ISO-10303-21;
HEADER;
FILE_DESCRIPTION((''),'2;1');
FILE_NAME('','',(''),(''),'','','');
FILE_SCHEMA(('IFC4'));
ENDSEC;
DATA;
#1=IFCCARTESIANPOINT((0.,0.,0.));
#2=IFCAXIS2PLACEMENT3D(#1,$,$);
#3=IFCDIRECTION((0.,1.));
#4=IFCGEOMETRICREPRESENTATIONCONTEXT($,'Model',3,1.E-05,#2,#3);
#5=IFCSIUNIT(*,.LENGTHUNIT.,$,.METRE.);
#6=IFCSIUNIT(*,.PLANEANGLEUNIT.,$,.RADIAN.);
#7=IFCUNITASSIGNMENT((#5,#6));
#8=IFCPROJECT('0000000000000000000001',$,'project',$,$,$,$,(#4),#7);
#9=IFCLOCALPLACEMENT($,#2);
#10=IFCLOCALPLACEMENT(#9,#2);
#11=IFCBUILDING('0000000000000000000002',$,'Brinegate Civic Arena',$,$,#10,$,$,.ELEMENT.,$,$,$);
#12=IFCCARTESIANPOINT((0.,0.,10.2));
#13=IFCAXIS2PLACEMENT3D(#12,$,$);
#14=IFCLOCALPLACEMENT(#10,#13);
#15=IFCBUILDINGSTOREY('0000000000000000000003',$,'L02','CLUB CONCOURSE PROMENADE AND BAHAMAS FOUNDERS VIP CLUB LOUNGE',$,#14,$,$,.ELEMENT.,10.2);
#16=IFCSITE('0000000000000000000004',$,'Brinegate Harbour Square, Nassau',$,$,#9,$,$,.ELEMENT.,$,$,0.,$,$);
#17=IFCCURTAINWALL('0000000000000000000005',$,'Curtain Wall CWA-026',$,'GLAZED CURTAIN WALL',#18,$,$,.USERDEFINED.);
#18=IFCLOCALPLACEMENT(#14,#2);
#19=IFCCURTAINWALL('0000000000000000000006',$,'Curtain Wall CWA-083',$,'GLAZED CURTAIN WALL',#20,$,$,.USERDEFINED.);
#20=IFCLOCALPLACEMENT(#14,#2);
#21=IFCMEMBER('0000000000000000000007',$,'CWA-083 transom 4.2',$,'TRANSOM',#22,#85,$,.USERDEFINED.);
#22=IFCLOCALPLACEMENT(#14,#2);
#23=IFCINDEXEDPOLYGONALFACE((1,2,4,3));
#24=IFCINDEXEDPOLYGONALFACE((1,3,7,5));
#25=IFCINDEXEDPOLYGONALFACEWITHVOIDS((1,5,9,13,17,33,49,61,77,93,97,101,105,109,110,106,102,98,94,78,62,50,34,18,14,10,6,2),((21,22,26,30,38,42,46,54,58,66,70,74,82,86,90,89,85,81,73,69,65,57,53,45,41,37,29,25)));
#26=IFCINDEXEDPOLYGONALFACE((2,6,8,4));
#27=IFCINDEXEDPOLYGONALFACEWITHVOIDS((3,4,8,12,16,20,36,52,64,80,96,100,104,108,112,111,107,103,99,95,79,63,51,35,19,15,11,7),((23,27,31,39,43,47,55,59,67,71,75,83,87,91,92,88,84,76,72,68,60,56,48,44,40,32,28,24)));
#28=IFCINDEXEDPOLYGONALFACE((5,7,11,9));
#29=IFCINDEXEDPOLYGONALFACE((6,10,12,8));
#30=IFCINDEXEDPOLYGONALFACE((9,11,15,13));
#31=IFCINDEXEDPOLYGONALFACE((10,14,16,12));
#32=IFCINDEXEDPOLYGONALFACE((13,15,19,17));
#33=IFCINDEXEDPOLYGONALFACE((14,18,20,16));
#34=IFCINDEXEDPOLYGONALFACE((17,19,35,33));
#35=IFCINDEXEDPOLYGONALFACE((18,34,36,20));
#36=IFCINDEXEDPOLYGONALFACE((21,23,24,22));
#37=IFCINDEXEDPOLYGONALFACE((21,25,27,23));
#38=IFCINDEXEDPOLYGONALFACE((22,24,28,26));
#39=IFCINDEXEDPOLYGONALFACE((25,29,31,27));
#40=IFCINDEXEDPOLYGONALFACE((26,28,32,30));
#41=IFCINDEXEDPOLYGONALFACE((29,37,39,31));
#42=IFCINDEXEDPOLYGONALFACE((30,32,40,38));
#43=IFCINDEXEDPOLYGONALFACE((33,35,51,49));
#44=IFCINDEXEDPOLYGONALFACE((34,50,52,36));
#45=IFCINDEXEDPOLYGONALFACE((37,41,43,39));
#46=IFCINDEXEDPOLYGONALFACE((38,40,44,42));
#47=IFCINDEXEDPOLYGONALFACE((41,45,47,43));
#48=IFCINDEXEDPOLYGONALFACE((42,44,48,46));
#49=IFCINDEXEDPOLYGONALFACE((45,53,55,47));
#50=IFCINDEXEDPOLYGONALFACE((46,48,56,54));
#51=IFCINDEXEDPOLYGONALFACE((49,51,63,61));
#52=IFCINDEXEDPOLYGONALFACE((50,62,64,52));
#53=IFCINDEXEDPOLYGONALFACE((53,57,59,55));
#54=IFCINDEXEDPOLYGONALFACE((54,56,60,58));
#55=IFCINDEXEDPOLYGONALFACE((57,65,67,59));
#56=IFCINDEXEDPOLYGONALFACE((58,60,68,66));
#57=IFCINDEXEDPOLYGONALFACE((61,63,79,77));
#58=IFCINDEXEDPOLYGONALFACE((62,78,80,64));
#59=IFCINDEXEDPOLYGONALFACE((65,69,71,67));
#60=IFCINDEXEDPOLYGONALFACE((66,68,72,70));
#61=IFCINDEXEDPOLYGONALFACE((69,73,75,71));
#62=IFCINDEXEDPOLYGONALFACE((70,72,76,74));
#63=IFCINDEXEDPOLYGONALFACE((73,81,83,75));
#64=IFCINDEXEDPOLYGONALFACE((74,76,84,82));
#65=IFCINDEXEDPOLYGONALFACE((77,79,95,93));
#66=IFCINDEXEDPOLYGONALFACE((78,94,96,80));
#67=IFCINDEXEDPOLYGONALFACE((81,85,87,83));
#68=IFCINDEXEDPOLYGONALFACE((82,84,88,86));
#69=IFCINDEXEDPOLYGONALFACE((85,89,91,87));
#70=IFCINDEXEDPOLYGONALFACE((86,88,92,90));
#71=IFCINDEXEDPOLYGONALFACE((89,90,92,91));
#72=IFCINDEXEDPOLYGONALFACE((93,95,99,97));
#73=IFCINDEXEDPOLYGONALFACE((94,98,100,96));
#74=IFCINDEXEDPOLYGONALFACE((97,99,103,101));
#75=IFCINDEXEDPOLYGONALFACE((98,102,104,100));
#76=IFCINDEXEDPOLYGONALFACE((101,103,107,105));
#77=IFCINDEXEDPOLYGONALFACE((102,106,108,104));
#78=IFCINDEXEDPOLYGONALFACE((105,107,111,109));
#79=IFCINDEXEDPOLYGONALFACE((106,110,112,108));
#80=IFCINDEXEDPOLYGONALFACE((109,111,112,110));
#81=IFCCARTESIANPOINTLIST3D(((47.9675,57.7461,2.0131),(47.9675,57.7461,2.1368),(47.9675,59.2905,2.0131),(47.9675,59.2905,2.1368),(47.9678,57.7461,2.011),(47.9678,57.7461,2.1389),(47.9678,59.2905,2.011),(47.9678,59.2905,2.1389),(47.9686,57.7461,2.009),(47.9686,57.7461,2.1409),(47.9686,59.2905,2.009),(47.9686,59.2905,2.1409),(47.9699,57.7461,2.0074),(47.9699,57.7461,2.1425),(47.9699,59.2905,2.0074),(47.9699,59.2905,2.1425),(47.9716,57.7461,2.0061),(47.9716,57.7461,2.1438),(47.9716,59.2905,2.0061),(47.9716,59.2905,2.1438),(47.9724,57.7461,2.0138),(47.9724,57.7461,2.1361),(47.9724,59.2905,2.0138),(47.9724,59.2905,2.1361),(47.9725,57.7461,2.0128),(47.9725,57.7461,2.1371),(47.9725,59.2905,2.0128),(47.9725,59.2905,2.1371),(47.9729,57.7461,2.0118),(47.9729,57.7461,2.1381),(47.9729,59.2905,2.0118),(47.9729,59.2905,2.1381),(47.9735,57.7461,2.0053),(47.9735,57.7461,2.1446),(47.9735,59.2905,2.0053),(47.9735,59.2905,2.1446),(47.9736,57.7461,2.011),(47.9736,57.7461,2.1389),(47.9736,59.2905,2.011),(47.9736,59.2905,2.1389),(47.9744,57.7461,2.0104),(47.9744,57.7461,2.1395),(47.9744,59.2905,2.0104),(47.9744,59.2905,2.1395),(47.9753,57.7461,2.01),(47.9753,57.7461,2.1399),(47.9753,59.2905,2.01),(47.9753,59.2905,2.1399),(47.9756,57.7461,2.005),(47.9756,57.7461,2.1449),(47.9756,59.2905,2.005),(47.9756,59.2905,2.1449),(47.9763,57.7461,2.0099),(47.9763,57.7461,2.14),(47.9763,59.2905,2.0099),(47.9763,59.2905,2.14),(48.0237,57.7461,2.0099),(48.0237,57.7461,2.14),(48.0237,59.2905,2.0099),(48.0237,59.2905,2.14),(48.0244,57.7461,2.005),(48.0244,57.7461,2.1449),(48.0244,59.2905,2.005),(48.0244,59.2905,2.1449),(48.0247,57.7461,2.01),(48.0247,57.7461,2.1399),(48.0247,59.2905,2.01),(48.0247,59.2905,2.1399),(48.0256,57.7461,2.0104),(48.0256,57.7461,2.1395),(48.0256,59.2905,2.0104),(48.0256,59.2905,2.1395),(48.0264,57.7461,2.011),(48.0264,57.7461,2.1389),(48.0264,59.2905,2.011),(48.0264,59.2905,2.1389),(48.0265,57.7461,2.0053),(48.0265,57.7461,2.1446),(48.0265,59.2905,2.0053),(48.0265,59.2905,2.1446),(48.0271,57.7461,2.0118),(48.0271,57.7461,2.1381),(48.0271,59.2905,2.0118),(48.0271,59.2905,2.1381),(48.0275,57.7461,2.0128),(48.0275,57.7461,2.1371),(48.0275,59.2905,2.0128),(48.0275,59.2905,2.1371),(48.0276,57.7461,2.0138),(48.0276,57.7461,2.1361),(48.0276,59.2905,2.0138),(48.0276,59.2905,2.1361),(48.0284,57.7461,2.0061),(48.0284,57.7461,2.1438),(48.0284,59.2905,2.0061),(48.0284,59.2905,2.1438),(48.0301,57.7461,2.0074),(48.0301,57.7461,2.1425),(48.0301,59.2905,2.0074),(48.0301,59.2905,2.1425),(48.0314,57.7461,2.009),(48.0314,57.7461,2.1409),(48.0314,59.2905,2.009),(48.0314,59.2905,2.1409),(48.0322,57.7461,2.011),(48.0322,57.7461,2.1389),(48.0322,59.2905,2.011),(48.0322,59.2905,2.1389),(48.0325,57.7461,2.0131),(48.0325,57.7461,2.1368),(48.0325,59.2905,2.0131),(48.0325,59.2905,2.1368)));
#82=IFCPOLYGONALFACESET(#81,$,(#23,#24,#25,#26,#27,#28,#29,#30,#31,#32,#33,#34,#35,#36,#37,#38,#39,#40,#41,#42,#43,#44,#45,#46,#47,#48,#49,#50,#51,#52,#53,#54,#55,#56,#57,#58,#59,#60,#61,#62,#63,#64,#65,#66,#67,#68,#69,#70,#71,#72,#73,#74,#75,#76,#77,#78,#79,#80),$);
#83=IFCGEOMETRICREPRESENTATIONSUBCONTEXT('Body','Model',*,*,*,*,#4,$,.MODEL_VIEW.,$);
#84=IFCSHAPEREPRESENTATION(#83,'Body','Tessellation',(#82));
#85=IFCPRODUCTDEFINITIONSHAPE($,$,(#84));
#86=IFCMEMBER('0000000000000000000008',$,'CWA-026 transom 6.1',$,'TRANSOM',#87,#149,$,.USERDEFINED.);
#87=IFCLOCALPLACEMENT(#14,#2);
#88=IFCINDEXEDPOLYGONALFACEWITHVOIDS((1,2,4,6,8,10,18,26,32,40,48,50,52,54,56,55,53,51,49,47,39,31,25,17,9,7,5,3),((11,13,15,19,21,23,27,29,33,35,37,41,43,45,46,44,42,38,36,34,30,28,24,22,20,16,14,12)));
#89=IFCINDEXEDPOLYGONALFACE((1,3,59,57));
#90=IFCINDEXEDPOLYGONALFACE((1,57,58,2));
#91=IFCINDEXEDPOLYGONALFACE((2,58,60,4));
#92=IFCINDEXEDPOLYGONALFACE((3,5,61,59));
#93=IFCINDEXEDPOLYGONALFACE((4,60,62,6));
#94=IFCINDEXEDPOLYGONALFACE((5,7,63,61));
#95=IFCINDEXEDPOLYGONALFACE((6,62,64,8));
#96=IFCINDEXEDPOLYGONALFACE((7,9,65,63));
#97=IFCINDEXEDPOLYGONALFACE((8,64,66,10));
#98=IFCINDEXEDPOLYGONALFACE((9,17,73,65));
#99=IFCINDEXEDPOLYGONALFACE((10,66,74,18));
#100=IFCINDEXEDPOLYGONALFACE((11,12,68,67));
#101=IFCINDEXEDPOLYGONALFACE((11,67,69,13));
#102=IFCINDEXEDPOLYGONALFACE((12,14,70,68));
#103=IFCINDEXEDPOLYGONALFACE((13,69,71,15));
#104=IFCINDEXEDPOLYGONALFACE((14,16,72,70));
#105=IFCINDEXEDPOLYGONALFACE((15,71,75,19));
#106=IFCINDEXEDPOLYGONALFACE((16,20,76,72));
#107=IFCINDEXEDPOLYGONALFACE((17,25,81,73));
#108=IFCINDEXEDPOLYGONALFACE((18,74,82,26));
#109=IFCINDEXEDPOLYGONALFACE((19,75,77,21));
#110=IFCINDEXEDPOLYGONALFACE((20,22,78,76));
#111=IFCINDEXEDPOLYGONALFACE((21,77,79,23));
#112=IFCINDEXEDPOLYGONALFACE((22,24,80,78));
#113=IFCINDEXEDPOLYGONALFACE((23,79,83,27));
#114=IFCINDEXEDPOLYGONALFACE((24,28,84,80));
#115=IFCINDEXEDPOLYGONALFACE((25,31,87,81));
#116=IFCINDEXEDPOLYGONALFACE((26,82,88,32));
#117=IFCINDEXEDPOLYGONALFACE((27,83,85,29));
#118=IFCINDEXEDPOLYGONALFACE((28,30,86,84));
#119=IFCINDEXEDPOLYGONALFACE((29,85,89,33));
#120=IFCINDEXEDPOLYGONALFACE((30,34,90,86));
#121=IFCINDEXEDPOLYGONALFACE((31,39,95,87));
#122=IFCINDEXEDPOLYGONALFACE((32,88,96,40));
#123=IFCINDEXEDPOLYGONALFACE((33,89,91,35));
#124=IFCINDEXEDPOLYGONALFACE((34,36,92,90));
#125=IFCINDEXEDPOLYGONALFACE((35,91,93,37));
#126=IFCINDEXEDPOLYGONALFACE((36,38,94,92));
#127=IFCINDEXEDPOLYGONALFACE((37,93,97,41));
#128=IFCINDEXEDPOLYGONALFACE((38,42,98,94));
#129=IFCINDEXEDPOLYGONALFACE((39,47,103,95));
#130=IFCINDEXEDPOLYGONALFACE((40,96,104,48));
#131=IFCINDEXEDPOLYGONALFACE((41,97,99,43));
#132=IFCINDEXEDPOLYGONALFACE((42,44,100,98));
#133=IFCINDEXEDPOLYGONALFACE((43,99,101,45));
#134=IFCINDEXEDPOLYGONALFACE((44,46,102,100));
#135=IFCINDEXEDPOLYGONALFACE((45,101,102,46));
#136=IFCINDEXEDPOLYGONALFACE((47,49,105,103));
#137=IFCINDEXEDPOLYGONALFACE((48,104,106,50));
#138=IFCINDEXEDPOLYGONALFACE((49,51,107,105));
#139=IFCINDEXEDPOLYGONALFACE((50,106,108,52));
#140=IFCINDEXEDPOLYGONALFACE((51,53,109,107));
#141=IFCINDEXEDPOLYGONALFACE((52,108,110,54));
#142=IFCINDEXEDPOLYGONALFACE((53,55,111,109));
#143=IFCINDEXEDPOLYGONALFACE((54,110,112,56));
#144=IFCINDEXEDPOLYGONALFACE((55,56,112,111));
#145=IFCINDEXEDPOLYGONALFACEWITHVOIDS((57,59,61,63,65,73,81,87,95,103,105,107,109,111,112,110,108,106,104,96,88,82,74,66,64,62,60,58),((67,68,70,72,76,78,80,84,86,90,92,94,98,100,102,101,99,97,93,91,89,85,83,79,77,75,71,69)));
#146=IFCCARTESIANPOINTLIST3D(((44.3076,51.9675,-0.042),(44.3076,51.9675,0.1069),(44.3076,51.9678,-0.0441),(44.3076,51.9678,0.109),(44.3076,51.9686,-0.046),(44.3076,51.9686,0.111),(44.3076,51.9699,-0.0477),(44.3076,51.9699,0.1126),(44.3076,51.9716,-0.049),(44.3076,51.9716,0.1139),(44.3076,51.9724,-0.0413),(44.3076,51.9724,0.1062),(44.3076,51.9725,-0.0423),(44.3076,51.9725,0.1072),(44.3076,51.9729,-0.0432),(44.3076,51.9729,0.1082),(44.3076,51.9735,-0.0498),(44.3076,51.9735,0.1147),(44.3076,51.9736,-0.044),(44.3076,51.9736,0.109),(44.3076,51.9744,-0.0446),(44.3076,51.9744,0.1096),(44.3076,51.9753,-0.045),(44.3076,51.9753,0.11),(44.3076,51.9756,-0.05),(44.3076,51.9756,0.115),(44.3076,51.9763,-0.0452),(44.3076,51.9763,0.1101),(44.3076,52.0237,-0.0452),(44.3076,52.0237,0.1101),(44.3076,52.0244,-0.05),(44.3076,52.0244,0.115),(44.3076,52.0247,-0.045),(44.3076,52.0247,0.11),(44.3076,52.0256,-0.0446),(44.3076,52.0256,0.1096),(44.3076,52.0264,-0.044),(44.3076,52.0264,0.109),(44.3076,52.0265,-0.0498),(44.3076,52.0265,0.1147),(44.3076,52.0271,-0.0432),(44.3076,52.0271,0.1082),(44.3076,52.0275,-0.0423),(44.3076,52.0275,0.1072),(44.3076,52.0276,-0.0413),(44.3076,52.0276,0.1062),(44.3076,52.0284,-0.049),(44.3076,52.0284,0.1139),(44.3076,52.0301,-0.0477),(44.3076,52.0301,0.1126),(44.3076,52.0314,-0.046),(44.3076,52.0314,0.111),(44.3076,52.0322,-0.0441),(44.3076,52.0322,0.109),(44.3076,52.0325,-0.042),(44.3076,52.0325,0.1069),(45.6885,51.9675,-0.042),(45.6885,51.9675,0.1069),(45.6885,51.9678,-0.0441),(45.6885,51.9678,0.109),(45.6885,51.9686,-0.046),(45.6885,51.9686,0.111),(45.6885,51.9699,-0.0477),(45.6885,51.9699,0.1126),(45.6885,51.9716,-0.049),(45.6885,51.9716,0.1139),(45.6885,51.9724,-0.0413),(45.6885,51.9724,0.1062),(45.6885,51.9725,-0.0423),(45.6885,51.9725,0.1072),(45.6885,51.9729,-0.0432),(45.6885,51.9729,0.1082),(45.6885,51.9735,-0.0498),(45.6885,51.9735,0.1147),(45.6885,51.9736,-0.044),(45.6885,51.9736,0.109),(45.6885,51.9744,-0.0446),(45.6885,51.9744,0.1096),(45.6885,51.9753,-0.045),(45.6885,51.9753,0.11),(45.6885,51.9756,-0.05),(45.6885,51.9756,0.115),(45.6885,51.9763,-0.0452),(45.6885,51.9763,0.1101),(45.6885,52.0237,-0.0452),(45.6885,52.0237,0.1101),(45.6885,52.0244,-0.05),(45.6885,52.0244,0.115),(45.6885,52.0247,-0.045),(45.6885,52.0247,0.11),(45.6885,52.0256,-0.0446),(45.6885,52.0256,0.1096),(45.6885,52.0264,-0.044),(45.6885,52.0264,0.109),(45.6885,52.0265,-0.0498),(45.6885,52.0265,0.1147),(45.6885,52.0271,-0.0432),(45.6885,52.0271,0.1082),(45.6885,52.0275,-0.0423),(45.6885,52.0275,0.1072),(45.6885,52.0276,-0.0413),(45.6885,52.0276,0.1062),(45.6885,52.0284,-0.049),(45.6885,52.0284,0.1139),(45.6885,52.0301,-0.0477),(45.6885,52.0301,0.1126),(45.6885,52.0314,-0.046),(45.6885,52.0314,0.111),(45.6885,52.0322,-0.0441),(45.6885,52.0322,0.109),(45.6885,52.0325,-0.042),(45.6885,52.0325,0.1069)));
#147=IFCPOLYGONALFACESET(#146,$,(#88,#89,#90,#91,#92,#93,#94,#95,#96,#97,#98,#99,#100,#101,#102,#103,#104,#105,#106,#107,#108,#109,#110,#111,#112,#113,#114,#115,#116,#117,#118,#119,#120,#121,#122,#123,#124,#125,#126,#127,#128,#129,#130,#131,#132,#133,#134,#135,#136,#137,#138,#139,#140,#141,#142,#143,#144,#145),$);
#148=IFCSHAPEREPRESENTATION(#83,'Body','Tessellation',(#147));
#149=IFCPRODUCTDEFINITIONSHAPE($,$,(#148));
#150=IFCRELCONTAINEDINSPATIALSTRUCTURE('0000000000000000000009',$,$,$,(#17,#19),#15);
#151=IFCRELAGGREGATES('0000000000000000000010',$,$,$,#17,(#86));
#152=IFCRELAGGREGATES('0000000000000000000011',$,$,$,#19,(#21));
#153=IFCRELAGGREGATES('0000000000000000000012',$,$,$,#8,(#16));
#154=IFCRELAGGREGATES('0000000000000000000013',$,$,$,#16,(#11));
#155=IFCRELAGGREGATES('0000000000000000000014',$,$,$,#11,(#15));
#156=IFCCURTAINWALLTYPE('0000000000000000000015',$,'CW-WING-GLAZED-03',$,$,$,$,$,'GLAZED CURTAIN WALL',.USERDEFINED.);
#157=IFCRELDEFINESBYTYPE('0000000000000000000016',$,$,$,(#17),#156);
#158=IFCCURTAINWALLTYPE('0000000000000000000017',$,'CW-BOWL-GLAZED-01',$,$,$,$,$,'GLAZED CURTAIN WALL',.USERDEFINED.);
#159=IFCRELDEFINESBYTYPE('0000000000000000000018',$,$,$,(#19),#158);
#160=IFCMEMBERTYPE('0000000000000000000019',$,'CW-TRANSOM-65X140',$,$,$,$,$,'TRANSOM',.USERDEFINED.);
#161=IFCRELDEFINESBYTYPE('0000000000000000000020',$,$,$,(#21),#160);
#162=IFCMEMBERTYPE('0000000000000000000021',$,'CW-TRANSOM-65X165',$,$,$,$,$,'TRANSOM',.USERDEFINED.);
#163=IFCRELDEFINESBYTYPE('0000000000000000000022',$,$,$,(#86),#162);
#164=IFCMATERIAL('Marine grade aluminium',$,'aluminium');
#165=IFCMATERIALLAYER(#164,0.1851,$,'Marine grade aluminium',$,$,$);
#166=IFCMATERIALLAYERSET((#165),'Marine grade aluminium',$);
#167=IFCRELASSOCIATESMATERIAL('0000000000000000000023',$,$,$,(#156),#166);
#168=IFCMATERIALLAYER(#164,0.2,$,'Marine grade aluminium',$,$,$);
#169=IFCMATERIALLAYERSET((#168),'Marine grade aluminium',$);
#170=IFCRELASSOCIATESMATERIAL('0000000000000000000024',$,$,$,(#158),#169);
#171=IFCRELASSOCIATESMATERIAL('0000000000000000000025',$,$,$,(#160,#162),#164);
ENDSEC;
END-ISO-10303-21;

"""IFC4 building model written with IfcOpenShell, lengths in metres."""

from ifc_helpers import new_model, si_unit, direction, frame, origin, origin_2d, place, context, subcontext, project, spatial, hollow_rectangle, extrude, material, layer, layer_set, material_profile, profile_set, type_object, element, aggregate, save


model = new_model("IFC4")

# Units and contexts
model_context = context("Model", 3, precision=1e-05, world=origin(), true_north=direction((0.0, 1.0)))
body_context = subcontext(model_context, "Body", "Model", "MODEL_VIEW")
ifc_project = project(units=[si_unit("LENGTHUNIT", "METRE"), si_unit("PLANEANGLEUNIT", "RADIAN")], contexts=[model_context])

# Site, building, storey
site_placement = place(None, origin())
site = spatial("IfcSite", under=ifc_project, at=site_placement, Name="Brinegate Harbour Square, Nassau", CompositionType="ELEMENT", RefElevation=0.0)
building_placement = place(site_placement, origin())
building = spatial("IfcBuilding", under=site, at=building_placement, Name="Brinegate Civic Arena", CompositionType="ELEMENT")
storey_placement = place(building_placement, frame((0.0, 0.0, 10.2)))
storey = spatial("IfcBuildingStorey", under=building, at=storey_placement, Name="L02", Description="CLUB CONCOURSE PROMENADE AND BAHAMAS FOUNDERS VIP CLUB LOUNGE", CompositionType="ELEMENT", Elevation=10.2)

# Curtain walls, member
ifc_material_1 = material(Name="Marine grade aluminium", Category="aluminium")
ifc_layer_1 = layer(ifc_material_1, 0.1851, Name="Marine grade aluminium")
ifc_layer_set_1 = layer_set([ifc_layer_1], Name="Marine grade aluminium")
curtain_wall_type_1 = type_object("IfcCurtainWallType", Name="CW-WING-GLAZED-03", ElementType="GLAZED CURTAIN WALL", PredefinedType="USERDEFINED", material=ifc_layer_set_1)
curtain_wall_1_placement = place(storey_placement, origin())
curtain_wall_1 = element("IfcCurtainWall", 1, at=curtain_wall_1_placement, inside=storey, type_object=curtain_wall_type_1, Name="Curtain Wall CWA-026", ObjectType="GLAZED CURTAIN WALL", PredefinedType="USERDEFINED")
ifc_layer_2 = layer(ifc_material_1, 0.2, Name="Marine grade aluminium")
ifc_layer_set_2 = layer_set([ifc_layer_2], Name="Marine grade aluminium")
curtain_wall_type_2 = type_object("IfcCurtainWallType", Name="CW-BOWL-GLAZED-01", ElementType="GLAZED CURTAIN WALL", PredefinedType="USERDEFINED", material=ifc_layer_set_2)
curtain_wall_2_placement = place(storey_placement, origin())
curtain_wall_2 = element("IfcCurtainWall", 2, at=curtain_wall_2_placement, inside=storey, type_object=curtain_wall_type_2, Name="Curtain Wall CWA-083", ObjectType="GLAZED CURTAIN WALL", PredefinedType="USERDEFINED")
ifc_material_profile_1 = material_profile(ifc_material_1, hollow_rectangle(XDim=0.0649, YDim=0.1399, WallThickness=0.0049, InnerFilletRadius=0.0039, OuterFilletRadius=0.0081, at=origin_2d()), Name="TRN65X140")
ifc_profile_set_1 = profile_set([ifc_material_profile_1], Name="Marine grade aluminium")
member_type_1 = type_object("IfcMemberType", Name="CW-TRANSOM-65X140", ElementType="TRANSOM", PredefinedType="USERDEFINED", material=ifc_profile_set_1)
member_1_placement = place(storey_placement, frame((48.0, 57.7461, 2.075), z_axis=(0.0, 1.0, 0.0), x_axis=(-1.0, 0.0, 0.0)))
member_1 = element("IfcMember", 3, at=member_1_placement, type_object=member_type_1, Name="CWA-083 transom 4.2", ObjectType="TRANSOM", PredefinedType="USERDEFINED", context=body_context, shape_type="SweptSolid", body=[
    extrude(hollow_rectangle(XDim=0.0649, YDim=0.1399, WallThickness=0.0049, InnerFilletRadius=0.0039, OuterFilletRadius=0.0081, at=origin_2d()), origin(), (0.0, 0.0, 1.0), 1.5444),
])

# Member
ifc_material_profile_2 = material_profile(ifc_material_1, hollow_rectangle(XDim=0.0649, YDim=0.165, WallThickness=0.0049, InnerFilletRadius=0.0039, OuterFilletRadius=0.0081, at=origin_2d()), Name="TRN65X165")
ifc_profile_set_2 = profile_set([ifc_material_profile_2], Name="Marine grade aluminium")
member_type_2 = type_object("IfcMemberType", Name="CW-TRANSOM-65X165", ElementType="TRANSOM", PredefinedType="USERDEFINED", material=ifc_profile_set_2)
member_2_placement = place(storey_placement, frame((44.3076, 52.0, 0.0325), z_axis=(1.0, 0.0, 0.0), x_axis=(0.0, 1.0, 0.0)))
member_2 = element("IfcMember", 4, at=member_2_placement, type_object=member_type_2, Name="CWA-026 transom 6.1", ObjectType="TRANSOM", PredefinedType="USERDEFINED", context=body_context, shape_type="SweptSolid", body=[
    extrude(hollow_rectangle(XDim=0.0649, YDim=0.165, WallThickness=0.0049, InnerFilletRadius=0.0039, OuterFilletRadius=0.0081, at=origin_2d()), origin(), (0.0, 0.0, 1.0), 1.3809),
])

aggregate(curtain_wall_1, [member_2])
aggregate(curtain_wall_2, [member_1])

save(model, "model.ifc")
